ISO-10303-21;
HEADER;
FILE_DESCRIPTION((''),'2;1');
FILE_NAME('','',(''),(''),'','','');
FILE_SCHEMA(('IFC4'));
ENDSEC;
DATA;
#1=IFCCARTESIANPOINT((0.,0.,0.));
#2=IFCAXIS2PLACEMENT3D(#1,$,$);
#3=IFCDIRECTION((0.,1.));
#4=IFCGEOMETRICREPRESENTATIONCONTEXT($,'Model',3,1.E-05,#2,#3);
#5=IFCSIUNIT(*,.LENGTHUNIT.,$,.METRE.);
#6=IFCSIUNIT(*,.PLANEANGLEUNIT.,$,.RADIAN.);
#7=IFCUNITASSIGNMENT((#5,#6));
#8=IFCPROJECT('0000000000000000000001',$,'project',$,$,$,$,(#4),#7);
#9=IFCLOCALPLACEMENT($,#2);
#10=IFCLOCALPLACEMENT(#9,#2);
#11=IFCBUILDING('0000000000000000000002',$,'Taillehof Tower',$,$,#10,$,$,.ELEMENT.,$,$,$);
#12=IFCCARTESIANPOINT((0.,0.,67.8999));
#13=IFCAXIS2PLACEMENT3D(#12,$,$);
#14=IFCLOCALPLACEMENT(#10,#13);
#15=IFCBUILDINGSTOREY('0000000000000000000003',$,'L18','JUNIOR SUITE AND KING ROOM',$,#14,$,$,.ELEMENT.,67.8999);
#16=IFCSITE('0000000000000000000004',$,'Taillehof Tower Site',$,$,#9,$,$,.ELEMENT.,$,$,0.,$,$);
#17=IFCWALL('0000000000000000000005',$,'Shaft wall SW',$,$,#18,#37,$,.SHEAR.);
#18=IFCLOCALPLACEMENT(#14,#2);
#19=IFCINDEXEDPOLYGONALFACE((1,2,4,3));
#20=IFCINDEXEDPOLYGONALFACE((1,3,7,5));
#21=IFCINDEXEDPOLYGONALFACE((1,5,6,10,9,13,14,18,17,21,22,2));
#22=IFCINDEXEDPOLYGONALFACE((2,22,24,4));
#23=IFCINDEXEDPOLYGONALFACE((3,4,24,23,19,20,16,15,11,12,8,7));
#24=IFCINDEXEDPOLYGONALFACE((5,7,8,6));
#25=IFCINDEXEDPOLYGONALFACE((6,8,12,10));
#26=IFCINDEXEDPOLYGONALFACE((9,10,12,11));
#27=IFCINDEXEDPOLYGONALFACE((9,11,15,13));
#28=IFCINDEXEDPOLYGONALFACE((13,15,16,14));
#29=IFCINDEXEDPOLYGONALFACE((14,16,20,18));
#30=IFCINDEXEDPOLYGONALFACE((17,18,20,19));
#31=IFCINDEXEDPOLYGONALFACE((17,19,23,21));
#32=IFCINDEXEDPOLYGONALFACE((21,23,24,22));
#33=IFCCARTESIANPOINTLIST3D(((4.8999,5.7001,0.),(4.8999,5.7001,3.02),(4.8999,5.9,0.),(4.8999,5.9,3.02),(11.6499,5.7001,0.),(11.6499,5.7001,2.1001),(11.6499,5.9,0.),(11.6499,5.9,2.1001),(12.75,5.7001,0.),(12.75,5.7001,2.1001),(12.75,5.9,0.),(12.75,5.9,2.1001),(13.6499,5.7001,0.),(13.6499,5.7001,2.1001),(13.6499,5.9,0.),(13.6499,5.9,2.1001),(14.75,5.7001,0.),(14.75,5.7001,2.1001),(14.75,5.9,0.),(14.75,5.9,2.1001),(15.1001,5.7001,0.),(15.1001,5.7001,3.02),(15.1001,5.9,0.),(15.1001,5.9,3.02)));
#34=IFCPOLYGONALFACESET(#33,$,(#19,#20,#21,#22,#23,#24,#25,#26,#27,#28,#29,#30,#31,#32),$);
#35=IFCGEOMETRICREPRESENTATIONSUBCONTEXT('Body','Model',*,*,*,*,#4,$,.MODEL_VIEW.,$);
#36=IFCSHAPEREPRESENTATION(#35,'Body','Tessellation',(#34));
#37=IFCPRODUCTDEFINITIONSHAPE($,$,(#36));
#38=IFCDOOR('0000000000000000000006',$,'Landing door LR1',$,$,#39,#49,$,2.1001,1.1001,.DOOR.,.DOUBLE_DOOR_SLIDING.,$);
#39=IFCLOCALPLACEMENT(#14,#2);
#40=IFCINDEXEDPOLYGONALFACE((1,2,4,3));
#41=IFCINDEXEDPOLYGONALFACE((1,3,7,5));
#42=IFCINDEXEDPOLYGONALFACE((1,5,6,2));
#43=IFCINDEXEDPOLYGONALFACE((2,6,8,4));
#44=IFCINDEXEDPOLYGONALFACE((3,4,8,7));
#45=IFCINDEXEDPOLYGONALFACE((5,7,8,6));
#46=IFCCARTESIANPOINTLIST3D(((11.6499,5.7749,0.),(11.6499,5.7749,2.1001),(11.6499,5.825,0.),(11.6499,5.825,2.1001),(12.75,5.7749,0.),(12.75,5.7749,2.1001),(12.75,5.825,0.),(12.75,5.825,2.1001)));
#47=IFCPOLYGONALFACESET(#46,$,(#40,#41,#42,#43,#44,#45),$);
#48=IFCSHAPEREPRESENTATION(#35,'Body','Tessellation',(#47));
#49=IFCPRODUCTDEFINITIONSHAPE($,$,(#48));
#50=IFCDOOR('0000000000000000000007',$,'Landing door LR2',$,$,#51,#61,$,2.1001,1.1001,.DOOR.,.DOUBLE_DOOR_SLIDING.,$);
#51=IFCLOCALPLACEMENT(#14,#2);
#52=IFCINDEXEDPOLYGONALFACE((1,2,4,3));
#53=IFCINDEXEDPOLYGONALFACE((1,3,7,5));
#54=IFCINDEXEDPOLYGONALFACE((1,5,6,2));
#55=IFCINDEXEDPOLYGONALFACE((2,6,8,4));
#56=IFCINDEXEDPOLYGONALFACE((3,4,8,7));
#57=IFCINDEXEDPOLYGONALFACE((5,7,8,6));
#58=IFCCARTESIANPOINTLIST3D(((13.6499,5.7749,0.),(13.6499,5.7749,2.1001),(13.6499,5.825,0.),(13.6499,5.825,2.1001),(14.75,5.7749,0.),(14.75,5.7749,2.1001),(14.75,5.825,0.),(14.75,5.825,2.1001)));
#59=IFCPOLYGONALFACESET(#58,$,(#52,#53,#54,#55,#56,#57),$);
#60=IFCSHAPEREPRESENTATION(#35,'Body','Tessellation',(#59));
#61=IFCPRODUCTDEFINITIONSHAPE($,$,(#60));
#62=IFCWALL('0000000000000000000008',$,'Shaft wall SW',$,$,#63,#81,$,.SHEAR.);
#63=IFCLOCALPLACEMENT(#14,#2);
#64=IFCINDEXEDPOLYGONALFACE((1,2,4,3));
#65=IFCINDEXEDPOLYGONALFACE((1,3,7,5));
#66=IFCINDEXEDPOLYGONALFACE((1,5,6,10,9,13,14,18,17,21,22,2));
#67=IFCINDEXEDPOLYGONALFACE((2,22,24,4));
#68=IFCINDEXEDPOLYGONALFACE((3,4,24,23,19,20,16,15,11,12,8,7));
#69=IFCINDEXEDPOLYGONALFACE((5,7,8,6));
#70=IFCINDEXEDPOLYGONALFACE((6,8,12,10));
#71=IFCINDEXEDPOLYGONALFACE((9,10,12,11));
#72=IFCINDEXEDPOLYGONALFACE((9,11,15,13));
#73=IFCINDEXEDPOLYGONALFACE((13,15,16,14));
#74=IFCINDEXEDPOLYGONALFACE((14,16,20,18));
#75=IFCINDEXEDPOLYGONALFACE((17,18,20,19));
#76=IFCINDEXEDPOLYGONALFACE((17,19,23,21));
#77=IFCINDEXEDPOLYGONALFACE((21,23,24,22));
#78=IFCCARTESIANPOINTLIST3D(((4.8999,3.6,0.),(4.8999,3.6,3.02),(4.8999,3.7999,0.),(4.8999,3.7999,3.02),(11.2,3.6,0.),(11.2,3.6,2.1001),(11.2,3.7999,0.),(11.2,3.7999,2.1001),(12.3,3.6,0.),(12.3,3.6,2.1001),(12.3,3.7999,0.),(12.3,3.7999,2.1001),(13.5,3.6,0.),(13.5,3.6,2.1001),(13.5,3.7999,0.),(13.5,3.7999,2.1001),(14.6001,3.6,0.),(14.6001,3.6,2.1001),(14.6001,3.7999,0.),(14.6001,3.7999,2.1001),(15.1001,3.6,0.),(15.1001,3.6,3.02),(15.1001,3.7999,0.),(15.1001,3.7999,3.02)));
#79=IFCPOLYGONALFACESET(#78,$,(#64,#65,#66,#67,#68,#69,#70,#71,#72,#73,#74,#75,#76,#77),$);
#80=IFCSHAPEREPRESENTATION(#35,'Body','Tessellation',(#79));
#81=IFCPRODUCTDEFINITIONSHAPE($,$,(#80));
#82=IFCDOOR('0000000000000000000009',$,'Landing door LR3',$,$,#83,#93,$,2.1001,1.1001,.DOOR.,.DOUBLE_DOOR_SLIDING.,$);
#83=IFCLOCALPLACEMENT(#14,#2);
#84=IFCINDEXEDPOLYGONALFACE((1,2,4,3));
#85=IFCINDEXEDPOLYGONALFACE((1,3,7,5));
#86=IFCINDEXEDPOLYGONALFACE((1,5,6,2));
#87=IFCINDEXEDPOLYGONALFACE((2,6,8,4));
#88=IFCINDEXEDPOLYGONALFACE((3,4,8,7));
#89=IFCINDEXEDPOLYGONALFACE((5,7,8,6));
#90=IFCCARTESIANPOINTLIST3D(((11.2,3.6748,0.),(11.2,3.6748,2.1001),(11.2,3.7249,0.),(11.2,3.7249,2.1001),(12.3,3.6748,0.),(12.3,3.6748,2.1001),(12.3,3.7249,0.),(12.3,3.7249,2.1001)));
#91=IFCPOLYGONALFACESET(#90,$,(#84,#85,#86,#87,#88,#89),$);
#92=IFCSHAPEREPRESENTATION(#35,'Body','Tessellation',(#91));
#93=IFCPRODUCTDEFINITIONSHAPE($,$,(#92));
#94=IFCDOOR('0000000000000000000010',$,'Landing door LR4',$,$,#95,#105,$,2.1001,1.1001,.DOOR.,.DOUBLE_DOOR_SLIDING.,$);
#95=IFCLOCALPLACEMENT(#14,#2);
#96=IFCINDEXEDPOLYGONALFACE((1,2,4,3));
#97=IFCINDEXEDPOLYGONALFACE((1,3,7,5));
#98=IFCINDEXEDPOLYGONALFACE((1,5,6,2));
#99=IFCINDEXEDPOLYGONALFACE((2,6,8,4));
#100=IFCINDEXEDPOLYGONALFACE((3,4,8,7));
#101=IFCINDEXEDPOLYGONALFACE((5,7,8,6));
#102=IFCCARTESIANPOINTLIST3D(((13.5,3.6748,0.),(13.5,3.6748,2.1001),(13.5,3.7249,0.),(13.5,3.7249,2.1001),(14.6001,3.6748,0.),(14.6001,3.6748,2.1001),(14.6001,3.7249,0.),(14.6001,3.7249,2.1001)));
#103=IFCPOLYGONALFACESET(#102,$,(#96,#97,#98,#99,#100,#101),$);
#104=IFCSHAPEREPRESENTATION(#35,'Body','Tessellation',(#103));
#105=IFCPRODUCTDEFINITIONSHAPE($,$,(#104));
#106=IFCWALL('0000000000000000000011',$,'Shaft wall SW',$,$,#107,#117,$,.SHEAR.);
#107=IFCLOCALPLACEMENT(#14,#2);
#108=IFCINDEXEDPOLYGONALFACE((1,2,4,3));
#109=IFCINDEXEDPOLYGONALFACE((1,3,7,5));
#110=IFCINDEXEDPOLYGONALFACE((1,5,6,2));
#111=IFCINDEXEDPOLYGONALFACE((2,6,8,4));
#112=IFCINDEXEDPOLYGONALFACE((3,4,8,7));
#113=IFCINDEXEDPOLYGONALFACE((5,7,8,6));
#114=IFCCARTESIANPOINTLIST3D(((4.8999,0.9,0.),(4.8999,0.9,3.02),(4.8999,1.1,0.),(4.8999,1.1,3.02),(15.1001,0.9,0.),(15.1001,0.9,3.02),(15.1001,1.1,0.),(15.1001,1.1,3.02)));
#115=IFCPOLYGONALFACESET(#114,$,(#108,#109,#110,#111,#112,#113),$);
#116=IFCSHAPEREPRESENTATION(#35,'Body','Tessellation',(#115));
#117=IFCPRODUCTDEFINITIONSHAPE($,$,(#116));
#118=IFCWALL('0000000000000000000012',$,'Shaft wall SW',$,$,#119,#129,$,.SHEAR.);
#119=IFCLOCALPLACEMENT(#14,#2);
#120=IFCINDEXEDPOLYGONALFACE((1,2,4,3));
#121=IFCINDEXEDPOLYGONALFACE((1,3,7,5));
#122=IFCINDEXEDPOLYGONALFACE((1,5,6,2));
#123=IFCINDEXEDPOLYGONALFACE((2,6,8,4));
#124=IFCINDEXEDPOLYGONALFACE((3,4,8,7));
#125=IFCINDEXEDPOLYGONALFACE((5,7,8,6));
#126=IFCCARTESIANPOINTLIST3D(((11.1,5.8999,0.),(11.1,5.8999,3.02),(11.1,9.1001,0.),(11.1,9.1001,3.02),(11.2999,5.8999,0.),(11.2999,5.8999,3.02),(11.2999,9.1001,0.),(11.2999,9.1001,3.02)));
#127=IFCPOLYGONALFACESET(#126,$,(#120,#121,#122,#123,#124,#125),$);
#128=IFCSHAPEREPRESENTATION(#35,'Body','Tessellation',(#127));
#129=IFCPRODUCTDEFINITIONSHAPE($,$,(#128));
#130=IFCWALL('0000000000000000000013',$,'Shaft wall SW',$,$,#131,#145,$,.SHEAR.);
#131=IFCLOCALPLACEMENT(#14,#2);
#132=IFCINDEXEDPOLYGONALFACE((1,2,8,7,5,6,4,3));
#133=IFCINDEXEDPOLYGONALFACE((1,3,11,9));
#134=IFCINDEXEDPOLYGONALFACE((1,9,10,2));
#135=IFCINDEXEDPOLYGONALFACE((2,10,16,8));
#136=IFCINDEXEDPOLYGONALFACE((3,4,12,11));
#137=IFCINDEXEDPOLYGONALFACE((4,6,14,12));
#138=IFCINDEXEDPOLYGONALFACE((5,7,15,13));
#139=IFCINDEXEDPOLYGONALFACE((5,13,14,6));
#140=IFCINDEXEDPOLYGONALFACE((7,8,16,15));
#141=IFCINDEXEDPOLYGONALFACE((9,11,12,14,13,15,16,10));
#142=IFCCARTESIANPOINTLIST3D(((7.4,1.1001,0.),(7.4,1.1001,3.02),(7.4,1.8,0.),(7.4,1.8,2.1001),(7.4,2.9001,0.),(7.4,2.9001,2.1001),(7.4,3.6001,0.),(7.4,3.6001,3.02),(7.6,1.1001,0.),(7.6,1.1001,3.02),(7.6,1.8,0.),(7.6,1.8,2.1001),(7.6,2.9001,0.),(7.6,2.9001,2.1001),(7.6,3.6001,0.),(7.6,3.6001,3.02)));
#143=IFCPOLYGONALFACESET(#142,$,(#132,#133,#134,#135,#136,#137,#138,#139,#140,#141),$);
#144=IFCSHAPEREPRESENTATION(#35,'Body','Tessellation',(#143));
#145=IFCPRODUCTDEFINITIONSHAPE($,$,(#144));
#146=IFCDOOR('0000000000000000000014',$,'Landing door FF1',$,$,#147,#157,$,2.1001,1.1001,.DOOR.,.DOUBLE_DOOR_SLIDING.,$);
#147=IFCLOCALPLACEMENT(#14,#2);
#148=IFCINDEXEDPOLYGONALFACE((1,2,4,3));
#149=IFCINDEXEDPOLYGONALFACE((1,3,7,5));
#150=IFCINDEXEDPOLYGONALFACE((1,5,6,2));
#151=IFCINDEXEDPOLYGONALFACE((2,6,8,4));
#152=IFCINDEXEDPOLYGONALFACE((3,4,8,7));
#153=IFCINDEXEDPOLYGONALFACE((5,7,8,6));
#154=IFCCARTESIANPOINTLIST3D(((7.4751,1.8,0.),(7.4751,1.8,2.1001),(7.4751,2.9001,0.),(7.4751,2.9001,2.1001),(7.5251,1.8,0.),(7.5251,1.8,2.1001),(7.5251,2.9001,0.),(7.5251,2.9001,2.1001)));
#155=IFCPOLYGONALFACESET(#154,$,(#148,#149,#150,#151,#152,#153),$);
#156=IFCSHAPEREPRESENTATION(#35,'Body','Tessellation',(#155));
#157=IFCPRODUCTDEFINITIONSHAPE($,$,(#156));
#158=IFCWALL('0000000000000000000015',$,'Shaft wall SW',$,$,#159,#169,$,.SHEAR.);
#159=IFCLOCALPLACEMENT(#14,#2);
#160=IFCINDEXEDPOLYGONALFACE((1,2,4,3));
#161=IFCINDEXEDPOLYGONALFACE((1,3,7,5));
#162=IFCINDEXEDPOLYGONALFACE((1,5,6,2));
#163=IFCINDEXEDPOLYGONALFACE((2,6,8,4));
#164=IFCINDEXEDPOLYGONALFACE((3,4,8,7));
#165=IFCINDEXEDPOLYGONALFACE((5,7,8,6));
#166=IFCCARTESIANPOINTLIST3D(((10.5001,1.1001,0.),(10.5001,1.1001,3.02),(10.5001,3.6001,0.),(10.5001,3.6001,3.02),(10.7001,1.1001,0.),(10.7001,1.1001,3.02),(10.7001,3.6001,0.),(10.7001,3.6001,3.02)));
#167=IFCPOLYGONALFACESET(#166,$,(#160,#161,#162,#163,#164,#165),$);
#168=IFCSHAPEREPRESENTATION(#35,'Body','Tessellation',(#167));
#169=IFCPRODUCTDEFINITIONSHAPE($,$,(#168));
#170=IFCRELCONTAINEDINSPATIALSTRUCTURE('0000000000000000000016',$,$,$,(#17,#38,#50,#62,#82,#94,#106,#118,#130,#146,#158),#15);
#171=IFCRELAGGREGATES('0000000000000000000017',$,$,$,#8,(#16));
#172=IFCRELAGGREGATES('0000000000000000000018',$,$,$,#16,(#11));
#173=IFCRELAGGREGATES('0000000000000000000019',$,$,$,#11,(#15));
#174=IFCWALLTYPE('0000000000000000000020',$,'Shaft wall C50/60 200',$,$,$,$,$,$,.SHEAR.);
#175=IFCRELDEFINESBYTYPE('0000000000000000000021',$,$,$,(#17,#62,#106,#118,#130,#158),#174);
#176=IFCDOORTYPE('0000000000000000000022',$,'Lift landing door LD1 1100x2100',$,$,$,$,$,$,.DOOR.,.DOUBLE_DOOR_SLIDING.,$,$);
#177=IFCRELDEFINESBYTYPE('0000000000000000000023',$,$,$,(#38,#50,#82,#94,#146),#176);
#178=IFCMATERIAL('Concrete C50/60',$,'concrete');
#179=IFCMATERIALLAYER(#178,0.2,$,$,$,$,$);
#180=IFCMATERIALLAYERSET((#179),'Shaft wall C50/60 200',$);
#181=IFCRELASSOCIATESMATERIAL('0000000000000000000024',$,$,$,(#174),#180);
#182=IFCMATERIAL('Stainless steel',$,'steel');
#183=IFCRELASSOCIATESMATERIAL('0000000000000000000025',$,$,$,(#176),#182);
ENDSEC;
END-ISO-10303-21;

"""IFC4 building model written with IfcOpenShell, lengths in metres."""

from ifc_helpers import new_model, si_unit, direction, frame, frame_2d, origin, place, context, subcontext, project, spatial, rectangle, extrude, material, layer, layer_set, type_object, element, fill, save


model = new_model("IFC4")

# Units and contexts
model_context = context("Model", 3, precision=1e-05, world=origin(), true_north=direction((0.0, 1.0)))
body_context = subcontext(model_context, "Body", "Model", "MODEL_VIEW")
ifc_project = project(units=[si_unit("LENGTHUNIT", "METRE"), si_unit("PLANEANGLEUNIT", "RADIAN")], contexts=[model_context])

# Site, building, storey
site_placement = place(None, origin())
site = spatial("IfcSite", under=ifc_project, at=site_placement, Name="Taillehof Tower Site", CompositionType="ELEMENT", RefElevation=0.0)
building_placement = place(site_placement, origin())
building = spatial("IfcBuilding", under=site, at=building_placement, Name="Taillehof Tower", CompositionType="ELEMENT")
storey_placement = place(building_placement, frame((0.0, 0.0, 67.8999)))
storey = spatial("IfcBuildingStorey", under=building, at=storey_placement, Name="L18", Description="JUNIOR SUITE AND KING ROOM", CompositionType="ELEMENT", Elevation=67.8999)

# Walls, openings, doors
ifc_material_1 = material(Name="Concrete C50/60", Category="concrete")
ifc_layer_1 = layer(ifc_material_1, 0.2)
ifc_layer_set_1 = layer_set([ifc_layer_1], Name="Shaft wall C50/60 200")
wall_type_1 = type_object("IfcWallType", Name="Shaft wall C50/60 200", PredefinedType="SHEAR", material=ifc_layer_set_1)
wall_1_placement = place(storey_placement, frame((4.8999, 5.8, 0.0), z_axis=(0.0, 0.0, 1.0), x_axis=(1.0, 0.0, 0.0)))
wall_1 = element("IfcWall", 1, at=wall_1_placement, inside=storey, type_object=wall_type_1, Name="Shaft wall SW", PredefinedType="SHEAR", context=body_context, shape_type="SweptSolid", body=[
    extrude(rectangle(XDim=10.2002, YDim=0.2, at=frame_2d((5.1001, 0.0))), origin(), (0.0, 0.0, 1.0), 3.02),
])
opening_1_placement = place(wall_1_placement, frame((6.75, 0.0, 0.0)))
opening_1 = element("IfcOpeningElement", 2, at=opening_1_placement, cuts=wall_1, PredefinedType="OPENING", context=body_context, shape_type="SweptSolid", body=[
    extrude(rectangle(XDim=1.1001, YDim=2.1001, at=frame_2d((0.55, 1.05))), frame((0.0, 0.1099, 0.0), z_axis=(0.0, -1.0, 0.0), x_axis=(1.0, 0.0, 0.0)), (0.0, 0.0, 1.0), 0.22),
])
opening_2_placement = place(wall_1_placement, frame((8.75, 0.0, 0.0)))
opening_2 = element("IfcOpeningElement", 3, at=opening_2_placement, cuts=wall_1, PredefinedType="OPENING", context=body_context, shape_type="SweptSolid", body=[
    extrude(rectangle(XDim=1.1001, YDim=2.1001, at=frame_2d((0.55, 1.05))), frame((0.0, 0.1099, 0.0), z_axis=(0.0, -1.0, 0.0), x_axis=(1.0, 0.0, 0.0)), (0.0, 0.0, 1.0), 0.22),
])
ifc_material_2 = material(Name="Stainless steel", Category="steel")
door_type_1 = type_object("IfcDoorType", Name="Lift landing door LD1 1100x2100", OperationType="DOUBLE_DOOR_SLIDING", PredefinedType="DOOR", material=ifc_material_2)
door_1_placement = place(opening_1_placement, origin())
door_1 = element("IfcDoor", 4, at=door_1_placement, inside=storey, type_object=door_type_1, Name="Landing door LR1", OperationType="DOUBLE_DOOR_SLIDING", OverallHeight=2.1001, OverallWidth=1.1001, PredefinedType="DOOR", context=body_context, shape_type="SweptSolid", body=[
    extrude(rectangle(XDim=1.1001, YDim=2.1001, at=frame_2d((0.55, 1.05))), frame((0.0, 0.0249, 0.0), z_axis=(0.0, -1.0, 0.0), x_axis=(1.0, 0.0, 0.0)), (0.0, 0.0, 1.0), 0.05),
])
fill(opening_1, door_1)
door_2_placement = place(opening_2_placement, origin())
door_2 = element("IfcDoor", 5, at=door_2_placement, inside=storey, type_object=door_type_1, Name="Landing door LR2", OperationType="DOUBLE_DOOR_SLIDING", OverallHeight=2.1001, OverallWidth=1.1001, PredefinedType="DOOR", context=body_context, shape_type="SweptSolid", body=[
    extrude(rectangle(XDim=1.1001, YDim=2.1001, at=frame_2d((0.55, 1.05))), frame((0.0, 0.0249, 0.0), z_axis=(0.0, -1.0, 0.0), x_axis=(1.0, 0.0, 0.0)), (0.0, 0.0, 1.0), 0.05),
])
fill(opening_2, door_2)
wall_2_placement = place(storey_placement, frame((4.8999, 3.7, 0.0), z_axis=(0.0, 0.0, 1.0), x_axis=(1.0, 0.0, 0.0)))
wall_2 = element("IfcWall", 6, at=wall_2_placement, inside=storey, type_object=wall_type_1, Name="Shaft wall SW", PredefinedType="SHEAR", context=body_context, shape_type="SweptSolid", body=[
    extrude(rectangle(XDim=10.2002, YDim=0.2, at=frame_2d((5.1001, 0.0))), origin(), (0.0, 0.0, 1.0), 3.02),
])
opening_3_placement = place(wall_2_placement, frame((6.3, 0.0, 0.0)))
opening_3 = element("IfcOpeningElement", 7, at=opening_3_placement, cuts=wall_2, PredefinedType="OPENING", context=body_context, shape_type="SweptSolid", body=[
    extrude(rectangle(XDim=1.1001, YDim=2.1001, at=frame_2d((0.55, 1.05))), frame((0.0, 0.1099, 0.0), z_axis=(0.0, -1.0, 0.0), x_axis=(1.0, 0.0, 0.0)), (0.0, 0.0, 1.0), 0.22),
])
opening_4_placement = place(wall_2_placement, frame((8.6001, 0.0, 0.0)))
opening_4 = element("IfcOpeningElement", 8, at=opening_4_placement, cuts=wall_2, PredefinedType="OPENING", context=body_context, shape_type="SweptSolid", body=[
    extrude(rectangle(XDim=1.1001, YDim=2.1001, at=frame_2d((0.55, 1.05))), frame((0.0, 0.1099, 0.0), z_axis=(0.0, -1.0, 0.0), x_axis=(1.0, 0.0, 0.0)), (0.0, 0.0, 1.0), 0.22),
])
door_3_placement = place(opening_3_placement, origin())
door_3 = element("IfcDoor", 9, at=door_3_placement, inside=storey, type_object=door_type_1, Name="Landing door LR3", OperationType="DOUBLE_DOOR_SLIDING", OverallHeight=2.1001, OverallWidth=1.1001, PredefinedType="DOOR", context=body_context, shape_type="SweptSolid", body=[
    extrude(rectangle(XDim=1.1001, YDim=2.1001, at=frame_2d((0.55, 1.05))), frame((0.0, 0.0249, 0.0), z_axis=(0.0, -1.0, 0.0), x_axis=(1.0, 0.0, 0.0)), (0.0, 0.0, 1.0), 0.05),
])
fill(opening_3, door_3)
door_4_placement = place(opening_4_placement, origin())
door_4 = element("IfcDoor", 10, at=door_4_placement, inside=storey, type_object=door_type_1, Name="Landing door LR4", OperationType="DOUBLE_DOOR_SLIDING", OverallHeight=2.1001, OverallWidth=1.1001, PredefinedType="DOOR", context=body_context, shape_type="SweptSolid", body=[
    extrude(rectangle(XDim=1.1001, YDim=2.1001, at=frame_2d((0.55, 1.05))), frame((0.0, 0.0249, 0.0), z_axis=(0.0, -1.0, 0.0), x_axis=(1.0, 0.0, 0.0)), (0.0, 0.0, 1.0), 0.05),
])
fill(opening_4, door_4)

# Walls
wall_3_placement = place(storey_placement, frame((4.8999, 1.0, 0.0), z_axis=(0.0, 0.0, 1.0), x_axis=(1.0, 0.0, 0.0)))
element("IfcWall", 11, at=wall_3_placement, inside=storey, type_object=wall_type_1, Name="Shaft wall SW", PredefinedType="SHEAR", context=body_context, shape_type="SweptSolid", body=[
    extrude(rectangle(XDim=10.2002, YDim=0.2, at=frame_2d((5.1001, 0.0))), origin(), (0.0, 0.0, 1.0), 3.02),
])
wall_4_placement = place(storey_placement, frame((11.2, 5.8999, 0.0), z_axis=(0.0, 0.0, 1.0), x_axis=(0.0, 1.0, 0.0)))
element("IfcWall", 12, at=wall_4_placement, inside=storey, type_object=wall_type_1, Name="Shaft wall SW", PredefinedType="SHEAR", context=body_context, shape_type="SweptSolid", body=[
    extrude(rectangle(XDim=3.2002, YDim=0.2, at=frame_2d((1.6001, 0.0))), origin(), (0.0, 0.0, 1.0), 3.02),
])

# Wall, opening, door
wall_5_placement = place(storey_placement, frame((7.5, 1.1001, 0.0), z_axis=(0.0, 0.0, 1.0), x_axis=(0.0, 1.0, 0.0)))
wall_5 = element("IfcWall", 13, at=wall_5_placement, inside=storey, type_object=wall_type_1, Name="Shaft wall SW", PredefinedType="SHEAR", context=body_context, shape_type="SweptSolid", body=[
    extrude(rectangle(XDim=2.5, YDim=0.2, at=frame_2d((1.25, 0.0))), origin(), (0.0, 0.0, 1.0), 3.02),
])
opening_5_placement = place(wall_5_placement, frame((0.7, 0.0, 0.0)))
opening_5 = element("IfcOpeningElement", 14, at=opening_5_placement, cuts=wall_5, PredefinedType="OPENING", context=body_context, shape_type="SweptSolid", body=[
    extrude(rectangle(XDim=1.1001, YDim=2.1001, at=frame_2d((0.55, 1.05))), frame((0.0, 0.1099, 0.0), z_axis=(0.0, -1.0, 0.0), x_axis=(1.0, 0.0, 0.0)), (0.0, 0.0, 1.0), 0.22),
])
door_5_placement = place(opening_5_placement, origin())
door_5 = element("IfcDoor", 15, at=door_5_placement, inside=storey, type_object=door_type_1, Name="Landing door FF1", OperationType="DOUBLE_DOOR_SLIDING", OverallHeight=2.1001, OverallWidth=1.1001, PredefinedType="DOOR", context=body_context, shape_type="SweptSolid", body=[
    extrude(rectangle(XDim=1.1001, YDim=2.1001, at=frame_2d((0.55, 1.05))), frame((0.0, 0.0249, 0.0), z_axis=(0.0, -1.0, 0.0), x_axis=(1.0, 0.0, 0.0)), (0.0, 0.0, 1.0), 0.05),
])
fill(opening_5, door_5)

# Wall
wall_6_placement = place(storey_placement, frame((10.6001, 1.1001, 0.0), z_axis=(0.0, 0.0, 1.0), x_axis=(0.0, 1.0, 0.0)))
element("IfcWall", 16, at=wall_6_placement, inside=storey, type_object=wall_type_1, Name="Shaft wall SW", PredefinedType="SHEAR", context=body_context, shape_type="SweptSolid", body=[
    extrude(rectangle(XDim=2.5, YDim=0.2, at=frame_2d((1.25, 0.0))), origin(), (0.0, 0.0, 1.0), 3.02),
])

save(model, "model.ifc")
